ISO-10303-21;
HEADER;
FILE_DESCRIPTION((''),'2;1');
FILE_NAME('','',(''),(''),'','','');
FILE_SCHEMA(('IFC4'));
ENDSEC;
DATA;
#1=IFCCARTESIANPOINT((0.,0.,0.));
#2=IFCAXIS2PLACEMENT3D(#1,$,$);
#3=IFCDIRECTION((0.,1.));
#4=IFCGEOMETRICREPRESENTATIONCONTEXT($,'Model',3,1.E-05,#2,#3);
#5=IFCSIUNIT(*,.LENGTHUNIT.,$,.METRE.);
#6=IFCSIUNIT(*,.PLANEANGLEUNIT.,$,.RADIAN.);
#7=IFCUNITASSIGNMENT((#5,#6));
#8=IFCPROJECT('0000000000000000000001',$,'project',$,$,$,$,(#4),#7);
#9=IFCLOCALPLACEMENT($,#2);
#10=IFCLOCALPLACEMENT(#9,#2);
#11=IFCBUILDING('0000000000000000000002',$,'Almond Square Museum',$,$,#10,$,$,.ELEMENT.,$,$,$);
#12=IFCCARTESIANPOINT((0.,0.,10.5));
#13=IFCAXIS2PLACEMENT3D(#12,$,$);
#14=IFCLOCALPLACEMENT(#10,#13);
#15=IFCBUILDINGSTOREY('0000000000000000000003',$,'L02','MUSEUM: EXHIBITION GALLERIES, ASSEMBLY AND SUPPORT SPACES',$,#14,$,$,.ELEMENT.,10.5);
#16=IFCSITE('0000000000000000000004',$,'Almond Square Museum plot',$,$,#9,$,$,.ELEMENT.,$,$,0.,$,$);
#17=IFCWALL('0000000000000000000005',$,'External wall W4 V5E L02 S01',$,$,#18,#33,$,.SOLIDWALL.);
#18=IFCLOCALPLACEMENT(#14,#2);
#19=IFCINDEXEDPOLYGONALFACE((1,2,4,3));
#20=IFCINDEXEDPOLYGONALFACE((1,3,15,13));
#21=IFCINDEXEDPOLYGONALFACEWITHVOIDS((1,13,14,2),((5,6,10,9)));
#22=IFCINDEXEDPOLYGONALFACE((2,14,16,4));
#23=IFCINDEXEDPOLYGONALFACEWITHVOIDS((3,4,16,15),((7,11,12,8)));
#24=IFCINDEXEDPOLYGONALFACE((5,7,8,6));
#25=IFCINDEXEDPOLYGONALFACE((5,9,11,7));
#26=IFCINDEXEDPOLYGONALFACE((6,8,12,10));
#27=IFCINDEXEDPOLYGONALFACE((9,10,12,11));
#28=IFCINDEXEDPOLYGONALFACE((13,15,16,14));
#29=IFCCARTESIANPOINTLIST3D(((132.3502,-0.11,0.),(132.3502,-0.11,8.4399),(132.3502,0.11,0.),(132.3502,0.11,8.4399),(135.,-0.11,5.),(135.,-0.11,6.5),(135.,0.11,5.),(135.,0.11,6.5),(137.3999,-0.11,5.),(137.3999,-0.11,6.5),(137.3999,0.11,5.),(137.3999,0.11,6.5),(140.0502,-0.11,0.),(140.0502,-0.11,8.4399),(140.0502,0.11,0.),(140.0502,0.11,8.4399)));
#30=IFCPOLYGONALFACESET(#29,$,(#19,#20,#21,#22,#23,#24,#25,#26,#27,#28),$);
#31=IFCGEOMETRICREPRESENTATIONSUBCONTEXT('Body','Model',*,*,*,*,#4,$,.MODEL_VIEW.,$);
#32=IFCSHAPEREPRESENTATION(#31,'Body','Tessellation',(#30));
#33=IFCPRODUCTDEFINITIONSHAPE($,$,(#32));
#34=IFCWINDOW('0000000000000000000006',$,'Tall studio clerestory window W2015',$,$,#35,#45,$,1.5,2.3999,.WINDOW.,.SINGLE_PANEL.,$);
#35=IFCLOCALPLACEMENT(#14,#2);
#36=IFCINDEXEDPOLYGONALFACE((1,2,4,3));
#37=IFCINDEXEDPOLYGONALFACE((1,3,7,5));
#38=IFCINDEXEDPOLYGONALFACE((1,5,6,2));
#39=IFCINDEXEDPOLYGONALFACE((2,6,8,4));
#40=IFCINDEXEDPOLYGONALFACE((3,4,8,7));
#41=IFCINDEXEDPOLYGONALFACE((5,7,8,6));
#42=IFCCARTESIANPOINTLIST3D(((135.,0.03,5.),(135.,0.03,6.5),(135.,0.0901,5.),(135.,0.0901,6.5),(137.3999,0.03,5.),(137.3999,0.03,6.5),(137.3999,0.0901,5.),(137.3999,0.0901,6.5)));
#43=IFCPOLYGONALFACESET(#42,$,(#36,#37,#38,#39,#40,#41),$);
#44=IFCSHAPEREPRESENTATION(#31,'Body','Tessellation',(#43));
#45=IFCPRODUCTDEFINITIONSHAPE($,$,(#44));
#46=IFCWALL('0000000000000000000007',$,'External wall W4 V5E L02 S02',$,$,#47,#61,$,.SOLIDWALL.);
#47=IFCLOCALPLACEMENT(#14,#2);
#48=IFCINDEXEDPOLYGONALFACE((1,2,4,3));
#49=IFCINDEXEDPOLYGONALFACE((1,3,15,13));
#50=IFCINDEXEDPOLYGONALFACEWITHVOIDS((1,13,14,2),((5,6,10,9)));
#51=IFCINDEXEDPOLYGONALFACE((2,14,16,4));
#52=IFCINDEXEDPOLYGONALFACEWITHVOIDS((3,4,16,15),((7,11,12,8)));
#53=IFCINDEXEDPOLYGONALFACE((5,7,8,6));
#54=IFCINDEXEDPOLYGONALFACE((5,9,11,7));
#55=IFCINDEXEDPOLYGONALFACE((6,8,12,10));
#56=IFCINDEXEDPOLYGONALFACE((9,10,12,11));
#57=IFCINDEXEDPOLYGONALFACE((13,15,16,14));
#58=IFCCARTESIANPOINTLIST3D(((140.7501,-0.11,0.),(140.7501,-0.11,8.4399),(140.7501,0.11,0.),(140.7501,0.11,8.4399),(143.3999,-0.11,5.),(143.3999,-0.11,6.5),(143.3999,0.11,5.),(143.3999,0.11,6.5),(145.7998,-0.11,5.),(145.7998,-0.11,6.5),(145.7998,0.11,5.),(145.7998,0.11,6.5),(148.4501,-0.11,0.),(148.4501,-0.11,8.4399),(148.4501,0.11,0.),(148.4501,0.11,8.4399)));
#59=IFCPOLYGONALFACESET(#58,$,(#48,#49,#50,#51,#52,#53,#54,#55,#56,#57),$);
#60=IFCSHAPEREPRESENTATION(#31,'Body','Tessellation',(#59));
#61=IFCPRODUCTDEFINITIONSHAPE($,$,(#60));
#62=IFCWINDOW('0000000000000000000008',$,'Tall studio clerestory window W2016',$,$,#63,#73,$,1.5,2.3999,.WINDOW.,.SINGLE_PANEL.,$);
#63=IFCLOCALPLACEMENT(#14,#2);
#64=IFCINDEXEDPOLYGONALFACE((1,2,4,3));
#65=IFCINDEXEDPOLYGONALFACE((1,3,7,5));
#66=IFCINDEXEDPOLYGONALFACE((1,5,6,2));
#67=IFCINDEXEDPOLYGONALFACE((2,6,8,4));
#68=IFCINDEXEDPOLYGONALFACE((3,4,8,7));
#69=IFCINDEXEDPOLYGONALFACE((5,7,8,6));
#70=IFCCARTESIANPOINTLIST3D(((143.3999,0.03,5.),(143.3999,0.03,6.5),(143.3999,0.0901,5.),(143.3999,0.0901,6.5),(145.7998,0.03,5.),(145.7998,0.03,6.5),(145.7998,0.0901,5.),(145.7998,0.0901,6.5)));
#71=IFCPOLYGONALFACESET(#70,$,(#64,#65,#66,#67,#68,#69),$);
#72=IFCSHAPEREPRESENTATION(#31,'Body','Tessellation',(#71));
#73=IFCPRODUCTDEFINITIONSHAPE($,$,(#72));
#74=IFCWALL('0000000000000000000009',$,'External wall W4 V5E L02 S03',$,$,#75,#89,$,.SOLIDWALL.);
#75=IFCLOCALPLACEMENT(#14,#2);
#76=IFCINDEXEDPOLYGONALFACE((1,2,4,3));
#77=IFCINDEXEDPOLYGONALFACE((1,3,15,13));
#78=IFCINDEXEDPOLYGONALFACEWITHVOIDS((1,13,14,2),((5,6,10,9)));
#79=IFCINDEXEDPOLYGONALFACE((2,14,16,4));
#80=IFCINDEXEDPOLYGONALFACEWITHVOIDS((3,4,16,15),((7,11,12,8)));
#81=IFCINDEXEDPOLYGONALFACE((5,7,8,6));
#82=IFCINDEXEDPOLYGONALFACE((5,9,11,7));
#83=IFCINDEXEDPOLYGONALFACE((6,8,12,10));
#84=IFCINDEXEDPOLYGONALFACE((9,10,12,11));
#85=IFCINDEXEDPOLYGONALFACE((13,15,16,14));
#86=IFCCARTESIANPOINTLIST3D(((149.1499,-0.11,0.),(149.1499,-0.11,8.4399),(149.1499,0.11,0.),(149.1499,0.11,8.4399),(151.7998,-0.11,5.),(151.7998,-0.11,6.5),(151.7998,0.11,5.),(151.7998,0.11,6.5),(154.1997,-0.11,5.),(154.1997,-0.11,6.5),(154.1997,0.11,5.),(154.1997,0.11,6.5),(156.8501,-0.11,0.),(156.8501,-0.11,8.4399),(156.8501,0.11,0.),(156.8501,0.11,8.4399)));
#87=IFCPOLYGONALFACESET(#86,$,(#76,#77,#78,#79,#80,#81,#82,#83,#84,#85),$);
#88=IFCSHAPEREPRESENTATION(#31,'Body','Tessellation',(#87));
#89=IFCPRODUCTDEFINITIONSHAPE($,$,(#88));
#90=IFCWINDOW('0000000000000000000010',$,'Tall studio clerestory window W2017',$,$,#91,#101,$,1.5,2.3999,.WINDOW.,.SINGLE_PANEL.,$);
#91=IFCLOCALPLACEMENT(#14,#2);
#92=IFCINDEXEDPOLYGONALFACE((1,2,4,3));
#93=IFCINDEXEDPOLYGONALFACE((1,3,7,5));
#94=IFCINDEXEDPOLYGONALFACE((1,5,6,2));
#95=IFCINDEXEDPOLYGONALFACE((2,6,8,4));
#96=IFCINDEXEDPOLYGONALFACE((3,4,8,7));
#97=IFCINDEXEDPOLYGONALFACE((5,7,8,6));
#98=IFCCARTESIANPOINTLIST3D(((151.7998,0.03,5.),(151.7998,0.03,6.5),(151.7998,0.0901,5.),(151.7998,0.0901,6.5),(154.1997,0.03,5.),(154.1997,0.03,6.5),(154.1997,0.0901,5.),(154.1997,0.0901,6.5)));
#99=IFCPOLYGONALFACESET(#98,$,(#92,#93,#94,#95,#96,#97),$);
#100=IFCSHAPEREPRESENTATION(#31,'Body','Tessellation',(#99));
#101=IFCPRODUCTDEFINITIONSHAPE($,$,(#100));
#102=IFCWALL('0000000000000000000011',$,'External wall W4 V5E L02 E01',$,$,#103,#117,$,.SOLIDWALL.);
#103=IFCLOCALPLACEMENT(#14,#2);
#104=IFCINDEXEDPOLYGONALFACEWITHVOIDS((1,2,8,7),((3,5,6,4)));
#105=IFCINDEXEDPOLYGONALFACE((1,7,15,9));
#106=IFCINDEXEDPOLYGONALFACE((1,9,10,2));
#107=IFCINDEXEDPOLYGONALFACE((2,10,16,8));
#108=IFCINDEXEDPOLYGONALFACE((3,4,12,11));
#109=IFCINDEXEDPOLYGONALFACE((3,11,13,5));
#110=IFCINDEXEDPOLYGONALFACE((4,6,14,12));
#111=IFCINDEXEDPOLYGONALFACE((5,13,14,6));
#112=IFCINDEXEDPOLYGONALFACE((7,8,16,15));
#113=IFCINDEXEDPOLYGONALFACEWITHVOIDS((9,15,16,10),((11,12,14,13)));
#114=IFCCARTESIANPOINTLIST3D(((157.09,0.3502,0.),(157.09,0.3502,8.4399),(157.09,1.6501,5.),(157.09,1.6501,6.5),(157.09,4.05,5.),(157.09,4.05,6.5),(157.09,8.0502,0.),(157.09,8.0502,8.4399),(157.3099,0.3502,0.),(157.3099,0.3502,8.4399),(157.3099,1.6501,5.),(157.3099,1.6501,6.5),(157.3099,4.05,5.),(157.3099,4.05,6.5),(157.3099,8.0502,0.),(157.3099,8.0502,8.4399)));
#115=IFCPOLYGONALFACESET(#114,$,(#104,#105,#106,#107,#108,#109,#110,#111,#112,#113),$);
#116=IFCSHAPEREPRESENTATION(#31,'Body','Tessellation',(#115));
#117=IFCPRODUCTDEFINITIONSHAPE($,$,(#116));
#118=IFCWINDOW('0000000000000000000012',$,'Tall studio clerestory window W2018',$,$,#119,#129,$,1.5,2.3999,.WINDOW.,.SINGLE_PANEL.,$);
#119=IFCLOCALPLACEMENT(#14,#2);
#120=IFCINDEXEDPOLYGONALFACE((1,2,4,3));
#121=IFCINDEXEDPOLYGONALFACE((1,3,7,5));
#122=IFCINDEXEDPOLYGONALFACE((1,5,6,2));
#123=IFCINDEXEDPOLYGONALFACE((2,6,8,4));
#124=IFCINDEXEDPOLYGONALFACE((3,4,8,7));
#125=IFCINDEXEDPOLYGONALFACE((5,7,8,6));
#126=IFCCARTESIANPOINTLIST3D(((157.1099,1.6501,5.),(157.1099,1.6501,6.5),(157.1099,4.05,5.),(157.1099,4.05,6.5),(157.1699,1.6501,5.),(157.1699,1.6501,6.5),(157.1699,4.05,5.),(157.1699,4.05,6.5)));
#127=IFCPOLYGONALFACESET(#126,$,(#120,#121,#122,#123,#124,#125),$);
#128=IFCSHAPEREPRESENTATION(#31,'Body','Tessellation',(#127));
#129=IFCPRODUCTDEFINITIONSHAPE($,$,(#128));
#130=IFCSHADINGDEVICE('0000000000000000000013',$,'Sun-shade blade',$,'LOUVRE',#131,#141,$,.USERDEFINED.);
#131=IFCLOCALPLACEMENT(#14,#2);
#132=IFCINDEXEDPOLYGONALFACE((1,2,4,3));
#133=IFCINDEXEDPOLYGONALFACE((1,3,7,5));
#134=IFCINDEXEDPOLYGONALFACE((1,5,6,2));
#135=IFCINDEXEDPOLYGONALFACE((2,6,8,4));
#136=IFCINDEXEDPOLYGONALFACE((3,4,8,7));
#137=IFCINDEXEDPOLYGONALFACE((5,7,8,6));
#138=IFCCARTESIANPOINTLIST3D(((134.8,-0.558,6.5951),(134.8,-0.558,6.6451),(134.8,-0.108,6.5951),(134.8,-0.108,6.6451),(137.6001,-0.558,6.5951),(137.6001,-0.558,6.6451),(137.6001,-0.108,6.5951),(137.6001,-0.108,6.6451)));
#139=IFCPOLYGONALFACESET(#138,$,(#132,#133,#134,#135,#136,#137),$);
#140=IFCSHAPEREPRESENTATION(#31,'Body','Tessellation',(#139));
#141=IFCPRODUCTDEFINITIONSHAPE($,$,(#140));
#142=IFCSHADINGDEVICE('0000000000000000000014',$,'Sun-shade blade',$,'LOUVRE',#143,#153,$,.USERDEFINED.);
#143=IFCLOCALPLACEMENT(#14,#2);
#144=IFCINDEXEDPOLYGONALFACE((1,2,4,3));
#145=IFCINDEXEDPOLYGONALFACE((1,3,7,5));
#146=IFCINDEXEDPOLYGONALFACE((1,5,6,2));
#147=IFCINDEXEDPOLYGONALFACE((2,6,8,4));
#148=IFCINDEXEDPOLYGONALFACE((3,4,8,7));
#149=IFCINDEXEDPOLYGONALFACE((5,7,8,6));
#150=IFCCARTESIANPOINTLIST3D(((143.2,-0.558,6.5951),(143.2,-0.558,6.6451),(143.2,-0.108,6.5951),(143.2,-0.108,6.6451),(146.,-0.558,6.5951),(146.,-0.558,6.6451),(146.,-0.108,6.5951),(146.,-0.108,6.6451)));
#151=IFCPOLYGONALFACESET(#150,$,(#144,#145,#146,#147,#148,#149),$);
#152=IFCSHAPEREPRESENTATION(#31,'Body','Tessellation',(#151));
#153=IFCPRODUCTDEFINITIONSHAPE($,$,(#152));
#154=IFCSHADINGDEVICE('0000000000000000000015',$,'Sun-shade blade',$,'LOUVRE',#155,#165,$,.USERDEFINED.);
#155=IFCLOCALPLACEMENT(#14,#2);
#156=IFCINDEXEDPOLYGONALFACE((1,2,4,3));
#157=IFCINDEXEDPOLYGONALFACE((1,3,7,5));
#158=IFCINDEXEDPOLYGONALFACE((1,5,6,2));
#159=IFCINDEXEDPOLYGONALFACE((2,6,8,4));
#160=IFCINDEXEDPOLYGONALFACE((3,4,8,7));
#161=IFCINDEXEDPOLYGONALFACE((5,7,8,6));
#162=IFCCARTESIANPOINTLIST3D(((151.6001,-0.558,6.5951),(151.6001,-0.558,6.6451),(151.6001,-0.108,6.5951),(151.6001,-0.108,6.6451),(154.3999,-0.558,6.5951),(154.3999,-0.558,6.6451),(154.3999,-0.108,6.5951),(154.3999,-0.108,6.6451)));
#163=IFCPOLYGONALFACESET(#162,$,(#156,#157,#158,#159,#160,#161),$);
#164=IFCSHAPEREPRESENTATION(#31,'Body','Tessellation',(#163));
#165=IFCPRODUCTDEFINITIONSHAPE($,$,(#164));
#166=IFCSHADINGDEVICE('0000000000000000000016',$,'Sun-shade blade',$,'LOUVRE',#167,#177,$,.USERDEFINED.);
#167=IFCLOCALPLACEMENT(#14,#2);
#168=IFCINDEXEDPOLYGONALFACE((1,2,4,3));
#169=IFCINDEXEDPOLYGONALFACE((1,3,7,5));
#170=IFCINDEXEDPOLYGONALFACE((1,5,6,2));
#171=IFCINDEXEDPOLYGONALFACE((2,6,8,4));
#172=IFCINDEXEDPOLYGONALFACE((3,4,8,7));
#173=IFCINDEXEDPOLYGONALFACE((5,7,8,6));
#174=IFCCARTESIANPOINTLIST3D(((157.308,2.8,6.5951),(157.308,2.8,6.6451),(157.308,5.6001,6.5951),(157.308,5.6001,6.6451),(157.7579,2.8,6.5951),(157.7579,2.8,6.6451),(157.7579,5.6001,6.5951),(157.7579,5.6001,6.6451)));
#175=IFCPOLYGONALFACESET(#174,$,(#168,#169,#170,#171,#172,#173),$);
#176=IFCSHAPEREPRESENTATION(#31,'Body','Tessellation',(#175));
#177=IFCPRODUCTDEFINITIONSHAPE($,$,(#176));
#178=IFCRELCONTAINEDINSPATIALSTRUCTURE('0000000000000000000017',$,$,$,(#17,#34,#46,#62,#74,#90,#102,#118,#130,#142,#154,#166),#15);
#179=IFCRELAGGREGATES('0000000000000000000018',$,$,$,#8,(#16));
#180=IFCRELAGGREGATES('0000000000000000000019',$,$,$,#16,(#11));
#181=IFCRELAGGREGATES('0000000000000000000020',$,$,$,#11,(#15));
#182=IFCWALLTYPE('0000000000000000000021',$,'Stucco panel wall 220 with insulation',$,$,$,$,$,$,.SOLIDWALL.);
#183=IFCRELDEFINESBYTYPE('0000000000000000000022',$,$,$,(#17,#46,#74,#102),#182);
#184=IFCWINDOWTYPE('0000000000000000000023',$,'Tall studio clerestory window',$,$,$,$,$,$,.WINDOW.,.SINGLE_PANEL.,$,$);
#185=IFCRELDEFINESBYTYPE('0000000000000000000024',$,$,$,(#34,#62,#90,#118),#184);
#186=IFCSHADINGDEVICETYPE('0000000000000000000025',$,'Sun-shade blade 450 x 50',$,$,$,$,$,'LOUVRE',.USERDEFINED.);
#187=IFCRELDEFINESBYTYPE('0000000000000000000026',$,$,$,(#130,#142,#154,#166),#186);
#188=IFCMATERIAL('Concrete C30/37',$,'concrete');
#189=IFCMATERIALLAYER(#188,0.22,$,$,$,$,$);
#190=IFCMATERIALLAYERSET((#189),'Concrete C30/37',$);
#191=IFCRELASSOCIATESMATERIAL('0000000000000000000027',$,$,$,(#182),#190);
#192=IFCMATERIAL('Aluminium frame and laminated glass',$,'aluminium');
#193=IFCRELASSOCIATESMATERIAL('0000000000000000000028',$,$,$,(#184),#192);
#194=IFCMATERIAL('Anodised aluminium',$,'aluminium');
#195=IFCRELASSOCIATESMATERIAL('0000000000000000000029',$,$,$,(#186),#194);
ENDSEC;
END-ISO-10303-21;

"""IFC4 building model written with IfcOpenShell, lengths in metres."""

from ifc_helpers import new_model, si_unit, direction, frame, frame_2d, origin, origin_2d, place, context, subcontext, project, spatial, rectangle, extrude, material, layer, layer_set, material_profile, profile_set, type_object, element, fill, save


model = new_model("IFC4")

# Units and contexts
model_context = context("Model", 3, precision=1e-05, world=origin(), true_north=direction((0.0, 1.0)))
body_context = subcontext(model_context, "Body", "Model", "MODEL_VIEW")
ifc_project = project(units=[si_unit("LENGTHUNIT", "METRE"), si_unit("PLANEANGLEUNIT", "RADIAN")], contexts=[model_context])

# Site, building, storey
site_placement = place(None, origin())
site = spatial("IfcSite", under=ifc_project, at=site_placement, Name="Almond Square Museum plot", CompositionType="ELEMENT", RefElevation=0.0)
building_placement = place(site_placement, origin())
building = spatial("IfcBuilding", under=site, at=building_placement, Name="Almond Square Museum", CompositionType="ELEMENT")
storey_placement = place(building_placement, frame((0.0, 0.0, 10.5)))
storey = spatial("IfcBuildingStorey", under=building, at=storey_placement, Name="L02", Description="MUSEUM: EXHIBITION GALLERIES, ASSEMBLY AND SUPPORT SPACES", CompositionType="ELEMENT", Elevation=10.5)

# Walls, openings, windows
ifc_material_1 = material(Name="Concrete C30/37", Category="concrete")
ifc_layer_1 = layer(ifc_material_1, 0.22)
ifc_layer_set_1 = layer_set([ifc_layer_1], Name="Concrete C30/37")
wall_type_1 = type_object("IfcWallType", Name="Stucco panel wall 220 with insulation", PredefinedType="SOLIDWALL", material=ifc_layer_set_1)
wall_1_placement = place(storey_placement, frame((132.3501, 0.0, 0.0), z_axis=(0.0, 0.0, 1.0), x_axis=(1.0, 0.0, 0.0)))
wall_1 = element("IfcWall", 1, at=wall_1_placement, inside=storey, type_object=wall_type_1, Name="External wall W4 V5E L02 S01", PredefinedType="SOLIDWALL", context=body_context, shape_type="SweptSolid", body=[
    extrude(rectangle(XDim=7.7, YDim=0.22, at=frame_2d((3.8501, 0.0))), origin(), (0.0, 0.0, 1.0), 8.4399),
])
opening_1_placement = place(wall_1_placement, frame((2.6499, 0.0, 5.0)))
opening_1 = element("IfcOpeningElement", 2, at=opening_1_placement, cuts=wall_1, PredefinedType="OPENING", context=body_context, shape_type="SweptSolid", body=[
    extrude(rectangle(XDim=2.3999, YDim=1.5, at=frame_2d((1.2, 0.75))), frame((0.0, 0.1199, 0.0), z_axis=(0.0, -1.0, 0.0), x_axis=(1.0, 0.0, 0.0)), (0.0, 0.0, 1.0), 0.24),
])
ifc_material_2 = material(Name="Aluminium frame and laminated glass", Category="aluminium")
window_type = type_object("IfcWindowType", Name="Tall studio clerestory window", PartitioningType="SINGLE_PANEL", PredefinedType="WINDOW", material=ifc_material_2)
window_1_placement = place(opening_1_placement, origin())
window_1 = element("IfcWindow", 3, at=window_1_placement, inside=storey, type_object=window_type, Name="Tall studio clerestory window W2015", OverallHeight=1.5, OverallWidth=2.3999, PartitioningType="SINGLE_PANEL", PredefinedType="WINDOW", context=body_context, shape_type="SweptSolid", body=[
    extrude(rectangle(XDim=2.3999, YDim=1.5, at=frame_2d((1.2, 0.75))), frame((0.0, 0.0901, 0.0), z_axis=(0.0, -1.0, 0.0), x_axis=(1.0, 0.0, 0.0)), (0.0, 0.0, 1.0), 0.0601),
])
fill(opening_1, window_1)
wall_2_placement = place(storey_placement, frame((140.75, 0.0, 0.0), z_axis=(0.0, 0.0, 1.0), x_axis=(1.0, 0.0, 0.0)))
wall_2 = element("IfcWall", 4, at=wall_2_placement, inside=storey, type_object=wall_type_1, Name="External wall W4 V5E L02 S02", PredefinedType="SOLIDWALL", context=body_context, shape_type="SweptSolid", body=[
    extrude(rectangle(XDim=7.7, YDim=0.22, at=frame_2d((3.8501, 0.0))), origin(), (0.0, 0.0, 1.0), 8.4399),
])
opening_2_placement = place(wall_2_placement, frame((2.6499, 0.0, 5.0)))
opening_2 = element("IfcOpeningElement", 5, at=opening_2_placement, cuts=wall_2, PredefinedType="OPENING", context=body_context, shape_type="SweptSolid", body=[
    extrude(rectangle(XDim=2.3999, YDim=1.5, at=frame_2d((1.2, 0.75))), frame((0.0, 0.1199, 0.0), z_axis=(0.0, -1.0, 0.0), x_axis=(1.0, 0.0, 0.0)), (0.0, 0.0, 1.0), 0.24),
])
window_2_placement = place(opening_2_placement, origin())
window_2 = element("IfcWindow", 6, at=window_2_placement, inside=storey, type_object=window_type, Name="Tall studio clerestory window W2016", OverallHeight=1.5, OverallWidth=2.3999, PartitioningType="SINGLE_PANEL", PredefinedType="WINDOW", context=body_context, shape_type="SweptSolid", body=[
    extrude(rectangle(XDim=2.3999, YDim=1.5, at=frame_2d((1.2, 0.75))), frame((0.0, 0.0901, 0.0), z_axis=(0.0, -1.0, 0.0), x_axis=(1.0, 0.0, 0.0)), (0.0, 0.0, 1.0), 0.0601),
])
fill(opening_2, window_2)
wall_3_placement = place(storey_placement, frame((149.1499, 0.0, 0.0), z_axis=(0.0, 0.0, 1.0), x_axis=(1.0, 0.0, 0.0)))
wall_3 = element("IfcWall", 7, at=wall_3_placement, inside=storey, type_object=wall_type_1, Name="External wall W4 V5E L02 S03", PredefinedType="SOLIDWALL", context=body_context, shape_type="SweptSolid", body=[
    extrude(rectangle(XDim=7.7002, YDim=0.22, at=frame_2d((3.8501, 0.0))), origin(), (0.0, 0.0, 1.0), 8.4399),
])
opening_3_placement = place(wall_3_placement, frame((2.6499, 0.0, 5.0)))
opening_3 = element("IfcOpeningElement", 8, at=opening_3_placement, cuts=wall_3, PredefinedType="OPENING", context=body_context, shape_type="SweptSolid", body=[
    extrude(rectangle(XDim=2.3999, YDim=1.5, at=frame_2d((1.2, 0.75))), frame((0.0, 0.1199, 0.0), z_axis=(0.0, -1.0, 0.0), x_axis=(1.0, 0.0, 0.0)), (0.0, 0.0, 1.0), 0.24),
])
window_3_placement = place(opening_3_placement, origin())
window_3 = element("IfcWindow", 9, at=window_3_placement, inside=storey, type_object=window_type, Name="Tall studio clerestory window W2017", OverallHeight=1.5, OverallWidth=2.3999, PartitioningType="SINGLE_PANEL", PredefinedType="WINDOW", context=body_context, shape_type="SweptSolid", body=[
    extrude(rectangle(XDim=2.3999, YDim=1.5, at=frame_2d((1.2, 0.75))), frame((0.0, 0.0901, 0.0), z_axis=(0.0, -1.0, 0.0), x_axis=(1.0, 0.0, 0.0)), (0.0, 0.0, 1.0), 0.0601),
])
fill(opening_3, window_3)
wall_4_placement = place(storey_placement, frame((157.2, 0.3501, 0.0), z_axis=(0.0, 0.0, 1.0), x_axis=(0.0, 1.0, 0.0)))
wall_4 = element("IfcWall", 10, at=wall_4_placement, inside=storey, type_object=wall_type_1, Name="External wall W4 V5E L02 E01", PredefinedType="SOLIDWALL", context=body_context, shape_type="SweptSolid", body=[
    extrude(rectangle(XDim=7.7, YDim=0.22, at=frame_2d((3.8501, 0.0))), origin(), (0.0, 0.0, 1.0), 8.4399),
])
opening_4_placement = place(wall_4_placement, frame((1.3, 0.0, 5.0)))
opening_4 = element("IfcOpeningElement", 11, at=opening_4_placement, cuts=wall_4, PredefinedType="OPENING", context=body_context, shape_type="SweptSolid", body=[
    extrude(rectangle(XDim=2.3999, YDim=1.5, at=frame_2d((1.2, 0.75))), frame((0.0, 0.1199, 0.0), z_axis=(0.0, -1.0, 0.0), x_axis=(1.0, 0.0, 0.0)), (0.0, 0.0, 1.0), 0.24),
])
window_4_placement = place(opening_4_placement, origin())
window_4 = element("IfcWindow", 12, at=window_4_placement, inside=storey, type_object=window_type, Name="Tall studio clerestory window W2018", OverallHeight=1.5, OverallWidth=2.3999, PartitioningType="SINGLE_PANEL", PredefinedType="WINDOW", context=body_context, shape_type="SweptSolid", body=[
    extrude(rectangle(XDim=2.3999, YDim=1.5, at=frame_2d((1.2, 0.75))), frame((0.0, 0.0901, 0.0), z_axis=(0.0, -1.0, 0.0), x_axis=(1.0, 0.0, 0.0)), (0.0, 0.0, 1.0), 0.0601),
])
fill(opening_4, window_4)

# Shading devices
ifc_material_3 = material(Name="Anodised aluminium", Category="aluminium")
ifc_material_profile_1 = material_profile(ifc_material_3, rectangle(XDim=0.45, YDim=0.05, at=origin_2d()))
ifc_profile_set_1 = profile_set([ifc_material_profile_1], Name="Anodised aluminium")
shading_device_type_1 = type_object("IfcShadingDeviceType", Name="Sun-shade blade 450 x 50", ElementType="LOUVRE", PredefinedType="USERDEFINED", material=ifc_profile_set_1)
for number, where, z_axis, x_axis, name in (
    (13, (134.8, -0.333, 6.6201), (1.0, 0.0, 0.0), (0.0, 1.0, 0.0), "Sun-shade blade"),
    (14, (143.2, -0.333, 6.6201), (1.0, 0.0, 0.0), (0.0, 1.0, 0.0), "Sun-shade blade"),
):
    element("IfcShadingDevice", number, at=place(storey_placement, frame(where, z_axis=z_axis, x_axis=x_axis)), inside=storey, type_object=shading_device_type_1, Name=name, ObjectType="LOUVRE", PredefinedType="USERDEFINED", context=body_context, shape_type="SweptSolid", body=[
        extrude(rectangle(XDim=0.45, YDim=0.05, at=origin_2d()), origin(), (0.0, 0.0, 1.0), 2.8),
    ])
shading_device_1_placement = place(storey_placement, frame((151.6001, -0.333, 6.6201), z_axis=(1.0, 0.0, 0.0), x_axis=(0.0, 1.0, 0.0)))
element("IfcShadingDevice", 15, at=shading_device_1_placement, inside=storey, type_object=shading_device_type_1, Name="Sun-shade blade", ObjectType="LOUVRE", PredefinedType="USERDEFINED", context=body_context, shape_type="SweptSolid", body=[
    extrude(rectangle(XDim=0.45, YDim=0.05, at=origin_2d()), origin(), (0.0, 0.0, 1.0), 2.7998),
])
shading_device_2_placement = place(storey_placement, frame((157.533, 2.8, 6.6201), z_axis=(0.0, 1.0, 0.0), x_axis=(-1.0, 0.0, 0.0)))
element("IfcShadingDevice", 16, at=shading_device_2_placement, inside=storey, type_object=shading_device_type_1, Name="Sun-shade blade", ObjectType="LOUVRE", PredefinedType="USERDEFINED", context=body_context, shape_type="SweptSolid", body=[
    extrude(rectangle(XDim=0.45, YDim=0.05, at=origin_2d()), origin(), (0.0, 0.0, 1.0), 2.8),
])

save(model, "model.ifc")
